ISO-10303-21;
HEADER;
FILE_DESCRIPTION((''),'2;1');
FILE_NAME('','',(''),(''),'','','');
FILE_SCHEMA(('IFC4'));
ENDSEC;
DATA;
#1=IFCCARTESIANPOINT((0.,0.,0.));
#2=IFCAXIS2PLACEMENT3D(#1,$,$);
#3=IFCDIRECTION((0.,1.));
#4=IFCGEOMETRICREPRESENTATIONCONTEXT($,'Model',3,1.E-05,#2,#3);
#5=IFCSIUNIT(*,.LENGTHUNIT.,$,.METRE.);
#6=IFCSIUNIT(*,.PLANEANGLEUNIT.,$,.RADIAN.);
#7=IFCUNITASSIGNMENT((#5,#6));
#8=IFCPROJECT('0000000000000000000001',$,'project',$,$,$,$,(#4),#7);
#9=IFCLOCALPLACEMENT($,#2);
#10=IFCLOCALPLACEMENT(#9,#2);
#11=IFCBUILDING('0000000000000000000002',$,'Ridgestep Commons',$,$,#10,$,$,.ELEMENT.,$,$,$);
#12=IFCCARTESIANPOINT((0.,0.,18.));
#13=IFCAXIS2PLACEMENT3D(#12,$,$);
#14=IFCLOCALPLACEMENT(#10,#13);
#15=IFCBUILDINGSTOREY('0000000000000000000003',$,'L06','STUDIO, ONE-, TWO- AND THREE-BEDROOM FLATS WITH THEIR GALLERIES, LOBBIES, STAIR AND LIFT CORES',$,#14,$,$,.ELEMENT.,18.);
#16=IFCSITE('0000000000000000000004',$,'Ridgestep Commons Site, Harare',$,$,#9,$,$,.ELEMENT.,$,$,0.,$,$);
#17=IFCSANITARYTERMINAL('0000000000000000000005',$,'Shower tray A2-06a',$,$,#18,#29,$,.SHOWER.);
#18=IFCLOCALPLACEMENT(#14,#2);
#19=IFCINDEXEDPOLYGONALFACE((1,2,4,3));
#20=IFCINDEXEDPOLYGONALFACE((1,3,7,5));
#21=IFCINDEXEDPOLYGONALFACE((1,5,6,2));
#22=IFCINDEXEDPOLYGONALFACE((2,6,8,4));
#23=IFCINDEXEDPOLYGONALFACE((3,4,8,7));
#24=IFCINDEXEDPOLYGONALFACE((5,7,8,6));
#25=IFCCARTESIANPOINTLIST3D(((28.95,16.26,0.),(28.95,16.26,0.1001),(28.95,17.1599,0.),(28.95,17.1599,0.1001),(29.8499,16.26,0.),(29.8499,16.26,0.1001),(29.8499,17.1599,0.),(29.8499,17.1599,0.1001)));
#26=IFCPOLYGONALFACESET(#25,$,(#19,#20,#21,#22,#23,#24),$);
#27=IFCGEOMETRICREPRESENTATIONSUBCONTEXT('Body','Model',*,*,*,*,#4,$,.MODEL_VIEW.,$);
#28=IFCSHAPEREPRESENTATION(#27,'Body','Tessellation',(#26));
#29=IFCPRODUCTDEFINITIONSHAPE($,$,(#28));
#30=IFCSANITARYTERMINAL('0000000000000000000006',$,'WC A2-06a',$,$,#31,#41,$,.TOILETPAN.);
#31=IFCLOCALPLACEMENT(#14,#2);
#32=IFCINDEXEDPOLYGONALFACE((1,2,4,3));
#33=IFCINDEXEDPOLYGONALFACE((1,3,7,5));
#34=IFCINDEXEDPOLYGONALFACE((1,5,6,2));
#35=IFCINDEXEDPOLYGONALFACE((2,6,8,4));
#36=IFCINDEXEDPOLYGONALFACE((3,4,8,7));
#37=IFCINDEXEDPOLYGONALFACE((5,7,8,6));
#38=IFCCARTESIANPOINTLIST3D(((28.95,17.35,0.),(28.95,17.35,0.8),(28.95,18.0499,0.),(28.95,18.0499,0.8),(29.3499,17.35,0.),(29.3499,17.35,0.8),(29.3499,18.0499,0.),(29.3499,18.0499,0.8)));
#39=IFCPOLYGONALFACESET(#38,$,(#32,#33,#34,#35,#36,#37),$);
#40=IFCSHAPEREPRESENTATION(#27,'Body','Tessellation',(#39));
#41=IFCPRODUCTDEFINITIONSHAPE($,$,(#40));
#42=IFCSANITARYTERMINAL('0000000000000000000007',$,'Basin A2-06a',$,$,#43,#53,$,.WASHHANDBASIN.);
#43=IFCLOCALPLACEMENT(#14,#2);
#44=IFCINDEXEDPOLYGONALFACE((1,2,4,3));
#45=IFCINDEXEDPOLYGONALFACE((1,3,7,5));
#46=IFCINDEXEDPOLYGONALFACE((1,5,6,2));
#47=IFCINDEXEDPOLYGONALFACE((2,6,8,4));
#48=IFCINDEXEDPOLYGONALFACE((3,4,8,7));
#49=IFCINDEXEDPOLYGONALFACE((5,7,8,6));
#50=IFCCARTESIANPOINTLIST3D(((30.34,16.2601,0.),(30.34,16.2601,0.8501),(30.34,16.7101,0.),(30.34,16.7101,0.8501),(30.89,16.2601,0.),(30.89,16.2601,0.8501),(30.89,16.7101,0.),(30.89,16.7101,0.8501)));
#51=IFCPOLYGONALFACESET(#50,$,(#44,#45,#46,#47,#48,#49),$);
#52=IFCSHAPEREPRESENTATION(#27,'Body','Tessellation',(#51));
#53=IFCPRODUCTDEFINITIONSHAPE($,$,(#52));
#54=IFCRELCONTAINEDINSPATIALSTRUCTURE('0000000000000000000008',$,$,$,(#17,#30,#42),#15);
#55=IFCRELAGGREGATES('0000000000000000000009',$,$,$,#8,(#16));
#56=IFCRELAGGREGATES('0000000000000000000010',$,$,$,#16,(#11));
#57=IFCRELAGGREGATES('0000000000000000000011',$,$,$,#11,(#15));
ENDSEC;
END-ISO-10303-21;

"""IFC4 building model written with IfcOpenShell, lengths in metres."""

from ifc_helpers import new_model, si_unit, direction, frame, origin, origin_2d, place, context, subcontext, project, spatial, rectangle, extrude, element, save


model = new_model("IFC4")

# Units and contexts
model_context = context("Model", 3, precision=1e-05, world=origin(), true_north=direction((0.0, 1.0)))
body_context = subcontext(model_context, "Body", "Model", "MODEL_VIEW")
ifc_project = project(units=[si_unit("LENGTHUNIT", "METRE"), si_unit("PLANEANGLEUNIT", "RADIAN")], contexts=[model_context])

# Site, building, storey
site_placement = place(None, origin())
site = spatial("IfcSite", under=ifc_project, at=site_placement, Name="Ridgestep Commons Site, Harare", CompositionType="ELEMENT", RefElevation=0.0)
building_placement = place(site_placement, origin())
building = spatial("IfcBuilding", under=site, at=building_placement, Name="Ridgestep Commons", CompositionType="ELEMENT")
storey_placement = place(building_placement, frame((0.0, 0.0, 18.0)))
storey = spatial("IfcBuildingStorey", under=building, at=storey_placement, Name="L06", Description="STUDIO, ONE-, TWO- AND THREE-BEDROOM FLATS WITH THEIR GALLERIES, LOBBIES, STAIR AND LIFT CORES", CompositionType="ELEMENT", Elevation=18.0)

# Sanitary terminals
sanitary_terminal_1_placement = place(storey_placement, frame((29.3999, 16.71, 0.0), z_axis=(0.0, 0.0, 1.0), x_axis=(1.0, 0.0, 0.0)))
element("IfcSanitaryTerminal", 1, at=sanitary_terminal_1_placement, inside=storey, Name="Shower tray A2-06a", PredefinedType="SHOWER", context=body_context, shape_type="SweptSolid", body=[
    extrude(rectangle(XDim=0.8999, YDim=0.8999, at=origin_2d()), origin(), (0.0, 0.0, 1.0), 0.1001),
])
sanitary_terminal_2_placement = place(storey_placement, frame((29.1499, 17.7, 0.0), z_axis=(0.0, 0.0, 1.0), x_axis=(1.0, 0.0, 0.0)))
element("IfcSanitaryTerminal", 2, at=sanitary_terminal_2_placement, inside=storey, Name="WC A2-06a", PredefinedType="TOILETPAN", context=body_context, shape_type="SweptSolid", body=[
    extrude(rectangle(XDim=0.3999, YDim=0.7, at=origin_2d()), origin(), (0.0, 0.0, 1.0), 0.8),
])
sanitary_terminal_3_placement = place(storey_placement, frame((30.615, 16.4851, 0.0), z_axis=(0.0, 0.0, 1.0), x_axis=(1.0, 0.0, 0.0)))
element("IfcSanitaryTerminal", 3, at=sanitary_terminal_3_placement, inside=storey, Name="Basin A2-06a", PredefinedType="WASHHANDBASIN", context=body_context, shape_type="SweptSolid", body=[
    extrude(rectangle(XDim=0.55, YDim=0.45, at=origin_2d()), origin(), (0.0, 0.0, 1.0), 0.8501),
])

save(model, "model.ifc")
